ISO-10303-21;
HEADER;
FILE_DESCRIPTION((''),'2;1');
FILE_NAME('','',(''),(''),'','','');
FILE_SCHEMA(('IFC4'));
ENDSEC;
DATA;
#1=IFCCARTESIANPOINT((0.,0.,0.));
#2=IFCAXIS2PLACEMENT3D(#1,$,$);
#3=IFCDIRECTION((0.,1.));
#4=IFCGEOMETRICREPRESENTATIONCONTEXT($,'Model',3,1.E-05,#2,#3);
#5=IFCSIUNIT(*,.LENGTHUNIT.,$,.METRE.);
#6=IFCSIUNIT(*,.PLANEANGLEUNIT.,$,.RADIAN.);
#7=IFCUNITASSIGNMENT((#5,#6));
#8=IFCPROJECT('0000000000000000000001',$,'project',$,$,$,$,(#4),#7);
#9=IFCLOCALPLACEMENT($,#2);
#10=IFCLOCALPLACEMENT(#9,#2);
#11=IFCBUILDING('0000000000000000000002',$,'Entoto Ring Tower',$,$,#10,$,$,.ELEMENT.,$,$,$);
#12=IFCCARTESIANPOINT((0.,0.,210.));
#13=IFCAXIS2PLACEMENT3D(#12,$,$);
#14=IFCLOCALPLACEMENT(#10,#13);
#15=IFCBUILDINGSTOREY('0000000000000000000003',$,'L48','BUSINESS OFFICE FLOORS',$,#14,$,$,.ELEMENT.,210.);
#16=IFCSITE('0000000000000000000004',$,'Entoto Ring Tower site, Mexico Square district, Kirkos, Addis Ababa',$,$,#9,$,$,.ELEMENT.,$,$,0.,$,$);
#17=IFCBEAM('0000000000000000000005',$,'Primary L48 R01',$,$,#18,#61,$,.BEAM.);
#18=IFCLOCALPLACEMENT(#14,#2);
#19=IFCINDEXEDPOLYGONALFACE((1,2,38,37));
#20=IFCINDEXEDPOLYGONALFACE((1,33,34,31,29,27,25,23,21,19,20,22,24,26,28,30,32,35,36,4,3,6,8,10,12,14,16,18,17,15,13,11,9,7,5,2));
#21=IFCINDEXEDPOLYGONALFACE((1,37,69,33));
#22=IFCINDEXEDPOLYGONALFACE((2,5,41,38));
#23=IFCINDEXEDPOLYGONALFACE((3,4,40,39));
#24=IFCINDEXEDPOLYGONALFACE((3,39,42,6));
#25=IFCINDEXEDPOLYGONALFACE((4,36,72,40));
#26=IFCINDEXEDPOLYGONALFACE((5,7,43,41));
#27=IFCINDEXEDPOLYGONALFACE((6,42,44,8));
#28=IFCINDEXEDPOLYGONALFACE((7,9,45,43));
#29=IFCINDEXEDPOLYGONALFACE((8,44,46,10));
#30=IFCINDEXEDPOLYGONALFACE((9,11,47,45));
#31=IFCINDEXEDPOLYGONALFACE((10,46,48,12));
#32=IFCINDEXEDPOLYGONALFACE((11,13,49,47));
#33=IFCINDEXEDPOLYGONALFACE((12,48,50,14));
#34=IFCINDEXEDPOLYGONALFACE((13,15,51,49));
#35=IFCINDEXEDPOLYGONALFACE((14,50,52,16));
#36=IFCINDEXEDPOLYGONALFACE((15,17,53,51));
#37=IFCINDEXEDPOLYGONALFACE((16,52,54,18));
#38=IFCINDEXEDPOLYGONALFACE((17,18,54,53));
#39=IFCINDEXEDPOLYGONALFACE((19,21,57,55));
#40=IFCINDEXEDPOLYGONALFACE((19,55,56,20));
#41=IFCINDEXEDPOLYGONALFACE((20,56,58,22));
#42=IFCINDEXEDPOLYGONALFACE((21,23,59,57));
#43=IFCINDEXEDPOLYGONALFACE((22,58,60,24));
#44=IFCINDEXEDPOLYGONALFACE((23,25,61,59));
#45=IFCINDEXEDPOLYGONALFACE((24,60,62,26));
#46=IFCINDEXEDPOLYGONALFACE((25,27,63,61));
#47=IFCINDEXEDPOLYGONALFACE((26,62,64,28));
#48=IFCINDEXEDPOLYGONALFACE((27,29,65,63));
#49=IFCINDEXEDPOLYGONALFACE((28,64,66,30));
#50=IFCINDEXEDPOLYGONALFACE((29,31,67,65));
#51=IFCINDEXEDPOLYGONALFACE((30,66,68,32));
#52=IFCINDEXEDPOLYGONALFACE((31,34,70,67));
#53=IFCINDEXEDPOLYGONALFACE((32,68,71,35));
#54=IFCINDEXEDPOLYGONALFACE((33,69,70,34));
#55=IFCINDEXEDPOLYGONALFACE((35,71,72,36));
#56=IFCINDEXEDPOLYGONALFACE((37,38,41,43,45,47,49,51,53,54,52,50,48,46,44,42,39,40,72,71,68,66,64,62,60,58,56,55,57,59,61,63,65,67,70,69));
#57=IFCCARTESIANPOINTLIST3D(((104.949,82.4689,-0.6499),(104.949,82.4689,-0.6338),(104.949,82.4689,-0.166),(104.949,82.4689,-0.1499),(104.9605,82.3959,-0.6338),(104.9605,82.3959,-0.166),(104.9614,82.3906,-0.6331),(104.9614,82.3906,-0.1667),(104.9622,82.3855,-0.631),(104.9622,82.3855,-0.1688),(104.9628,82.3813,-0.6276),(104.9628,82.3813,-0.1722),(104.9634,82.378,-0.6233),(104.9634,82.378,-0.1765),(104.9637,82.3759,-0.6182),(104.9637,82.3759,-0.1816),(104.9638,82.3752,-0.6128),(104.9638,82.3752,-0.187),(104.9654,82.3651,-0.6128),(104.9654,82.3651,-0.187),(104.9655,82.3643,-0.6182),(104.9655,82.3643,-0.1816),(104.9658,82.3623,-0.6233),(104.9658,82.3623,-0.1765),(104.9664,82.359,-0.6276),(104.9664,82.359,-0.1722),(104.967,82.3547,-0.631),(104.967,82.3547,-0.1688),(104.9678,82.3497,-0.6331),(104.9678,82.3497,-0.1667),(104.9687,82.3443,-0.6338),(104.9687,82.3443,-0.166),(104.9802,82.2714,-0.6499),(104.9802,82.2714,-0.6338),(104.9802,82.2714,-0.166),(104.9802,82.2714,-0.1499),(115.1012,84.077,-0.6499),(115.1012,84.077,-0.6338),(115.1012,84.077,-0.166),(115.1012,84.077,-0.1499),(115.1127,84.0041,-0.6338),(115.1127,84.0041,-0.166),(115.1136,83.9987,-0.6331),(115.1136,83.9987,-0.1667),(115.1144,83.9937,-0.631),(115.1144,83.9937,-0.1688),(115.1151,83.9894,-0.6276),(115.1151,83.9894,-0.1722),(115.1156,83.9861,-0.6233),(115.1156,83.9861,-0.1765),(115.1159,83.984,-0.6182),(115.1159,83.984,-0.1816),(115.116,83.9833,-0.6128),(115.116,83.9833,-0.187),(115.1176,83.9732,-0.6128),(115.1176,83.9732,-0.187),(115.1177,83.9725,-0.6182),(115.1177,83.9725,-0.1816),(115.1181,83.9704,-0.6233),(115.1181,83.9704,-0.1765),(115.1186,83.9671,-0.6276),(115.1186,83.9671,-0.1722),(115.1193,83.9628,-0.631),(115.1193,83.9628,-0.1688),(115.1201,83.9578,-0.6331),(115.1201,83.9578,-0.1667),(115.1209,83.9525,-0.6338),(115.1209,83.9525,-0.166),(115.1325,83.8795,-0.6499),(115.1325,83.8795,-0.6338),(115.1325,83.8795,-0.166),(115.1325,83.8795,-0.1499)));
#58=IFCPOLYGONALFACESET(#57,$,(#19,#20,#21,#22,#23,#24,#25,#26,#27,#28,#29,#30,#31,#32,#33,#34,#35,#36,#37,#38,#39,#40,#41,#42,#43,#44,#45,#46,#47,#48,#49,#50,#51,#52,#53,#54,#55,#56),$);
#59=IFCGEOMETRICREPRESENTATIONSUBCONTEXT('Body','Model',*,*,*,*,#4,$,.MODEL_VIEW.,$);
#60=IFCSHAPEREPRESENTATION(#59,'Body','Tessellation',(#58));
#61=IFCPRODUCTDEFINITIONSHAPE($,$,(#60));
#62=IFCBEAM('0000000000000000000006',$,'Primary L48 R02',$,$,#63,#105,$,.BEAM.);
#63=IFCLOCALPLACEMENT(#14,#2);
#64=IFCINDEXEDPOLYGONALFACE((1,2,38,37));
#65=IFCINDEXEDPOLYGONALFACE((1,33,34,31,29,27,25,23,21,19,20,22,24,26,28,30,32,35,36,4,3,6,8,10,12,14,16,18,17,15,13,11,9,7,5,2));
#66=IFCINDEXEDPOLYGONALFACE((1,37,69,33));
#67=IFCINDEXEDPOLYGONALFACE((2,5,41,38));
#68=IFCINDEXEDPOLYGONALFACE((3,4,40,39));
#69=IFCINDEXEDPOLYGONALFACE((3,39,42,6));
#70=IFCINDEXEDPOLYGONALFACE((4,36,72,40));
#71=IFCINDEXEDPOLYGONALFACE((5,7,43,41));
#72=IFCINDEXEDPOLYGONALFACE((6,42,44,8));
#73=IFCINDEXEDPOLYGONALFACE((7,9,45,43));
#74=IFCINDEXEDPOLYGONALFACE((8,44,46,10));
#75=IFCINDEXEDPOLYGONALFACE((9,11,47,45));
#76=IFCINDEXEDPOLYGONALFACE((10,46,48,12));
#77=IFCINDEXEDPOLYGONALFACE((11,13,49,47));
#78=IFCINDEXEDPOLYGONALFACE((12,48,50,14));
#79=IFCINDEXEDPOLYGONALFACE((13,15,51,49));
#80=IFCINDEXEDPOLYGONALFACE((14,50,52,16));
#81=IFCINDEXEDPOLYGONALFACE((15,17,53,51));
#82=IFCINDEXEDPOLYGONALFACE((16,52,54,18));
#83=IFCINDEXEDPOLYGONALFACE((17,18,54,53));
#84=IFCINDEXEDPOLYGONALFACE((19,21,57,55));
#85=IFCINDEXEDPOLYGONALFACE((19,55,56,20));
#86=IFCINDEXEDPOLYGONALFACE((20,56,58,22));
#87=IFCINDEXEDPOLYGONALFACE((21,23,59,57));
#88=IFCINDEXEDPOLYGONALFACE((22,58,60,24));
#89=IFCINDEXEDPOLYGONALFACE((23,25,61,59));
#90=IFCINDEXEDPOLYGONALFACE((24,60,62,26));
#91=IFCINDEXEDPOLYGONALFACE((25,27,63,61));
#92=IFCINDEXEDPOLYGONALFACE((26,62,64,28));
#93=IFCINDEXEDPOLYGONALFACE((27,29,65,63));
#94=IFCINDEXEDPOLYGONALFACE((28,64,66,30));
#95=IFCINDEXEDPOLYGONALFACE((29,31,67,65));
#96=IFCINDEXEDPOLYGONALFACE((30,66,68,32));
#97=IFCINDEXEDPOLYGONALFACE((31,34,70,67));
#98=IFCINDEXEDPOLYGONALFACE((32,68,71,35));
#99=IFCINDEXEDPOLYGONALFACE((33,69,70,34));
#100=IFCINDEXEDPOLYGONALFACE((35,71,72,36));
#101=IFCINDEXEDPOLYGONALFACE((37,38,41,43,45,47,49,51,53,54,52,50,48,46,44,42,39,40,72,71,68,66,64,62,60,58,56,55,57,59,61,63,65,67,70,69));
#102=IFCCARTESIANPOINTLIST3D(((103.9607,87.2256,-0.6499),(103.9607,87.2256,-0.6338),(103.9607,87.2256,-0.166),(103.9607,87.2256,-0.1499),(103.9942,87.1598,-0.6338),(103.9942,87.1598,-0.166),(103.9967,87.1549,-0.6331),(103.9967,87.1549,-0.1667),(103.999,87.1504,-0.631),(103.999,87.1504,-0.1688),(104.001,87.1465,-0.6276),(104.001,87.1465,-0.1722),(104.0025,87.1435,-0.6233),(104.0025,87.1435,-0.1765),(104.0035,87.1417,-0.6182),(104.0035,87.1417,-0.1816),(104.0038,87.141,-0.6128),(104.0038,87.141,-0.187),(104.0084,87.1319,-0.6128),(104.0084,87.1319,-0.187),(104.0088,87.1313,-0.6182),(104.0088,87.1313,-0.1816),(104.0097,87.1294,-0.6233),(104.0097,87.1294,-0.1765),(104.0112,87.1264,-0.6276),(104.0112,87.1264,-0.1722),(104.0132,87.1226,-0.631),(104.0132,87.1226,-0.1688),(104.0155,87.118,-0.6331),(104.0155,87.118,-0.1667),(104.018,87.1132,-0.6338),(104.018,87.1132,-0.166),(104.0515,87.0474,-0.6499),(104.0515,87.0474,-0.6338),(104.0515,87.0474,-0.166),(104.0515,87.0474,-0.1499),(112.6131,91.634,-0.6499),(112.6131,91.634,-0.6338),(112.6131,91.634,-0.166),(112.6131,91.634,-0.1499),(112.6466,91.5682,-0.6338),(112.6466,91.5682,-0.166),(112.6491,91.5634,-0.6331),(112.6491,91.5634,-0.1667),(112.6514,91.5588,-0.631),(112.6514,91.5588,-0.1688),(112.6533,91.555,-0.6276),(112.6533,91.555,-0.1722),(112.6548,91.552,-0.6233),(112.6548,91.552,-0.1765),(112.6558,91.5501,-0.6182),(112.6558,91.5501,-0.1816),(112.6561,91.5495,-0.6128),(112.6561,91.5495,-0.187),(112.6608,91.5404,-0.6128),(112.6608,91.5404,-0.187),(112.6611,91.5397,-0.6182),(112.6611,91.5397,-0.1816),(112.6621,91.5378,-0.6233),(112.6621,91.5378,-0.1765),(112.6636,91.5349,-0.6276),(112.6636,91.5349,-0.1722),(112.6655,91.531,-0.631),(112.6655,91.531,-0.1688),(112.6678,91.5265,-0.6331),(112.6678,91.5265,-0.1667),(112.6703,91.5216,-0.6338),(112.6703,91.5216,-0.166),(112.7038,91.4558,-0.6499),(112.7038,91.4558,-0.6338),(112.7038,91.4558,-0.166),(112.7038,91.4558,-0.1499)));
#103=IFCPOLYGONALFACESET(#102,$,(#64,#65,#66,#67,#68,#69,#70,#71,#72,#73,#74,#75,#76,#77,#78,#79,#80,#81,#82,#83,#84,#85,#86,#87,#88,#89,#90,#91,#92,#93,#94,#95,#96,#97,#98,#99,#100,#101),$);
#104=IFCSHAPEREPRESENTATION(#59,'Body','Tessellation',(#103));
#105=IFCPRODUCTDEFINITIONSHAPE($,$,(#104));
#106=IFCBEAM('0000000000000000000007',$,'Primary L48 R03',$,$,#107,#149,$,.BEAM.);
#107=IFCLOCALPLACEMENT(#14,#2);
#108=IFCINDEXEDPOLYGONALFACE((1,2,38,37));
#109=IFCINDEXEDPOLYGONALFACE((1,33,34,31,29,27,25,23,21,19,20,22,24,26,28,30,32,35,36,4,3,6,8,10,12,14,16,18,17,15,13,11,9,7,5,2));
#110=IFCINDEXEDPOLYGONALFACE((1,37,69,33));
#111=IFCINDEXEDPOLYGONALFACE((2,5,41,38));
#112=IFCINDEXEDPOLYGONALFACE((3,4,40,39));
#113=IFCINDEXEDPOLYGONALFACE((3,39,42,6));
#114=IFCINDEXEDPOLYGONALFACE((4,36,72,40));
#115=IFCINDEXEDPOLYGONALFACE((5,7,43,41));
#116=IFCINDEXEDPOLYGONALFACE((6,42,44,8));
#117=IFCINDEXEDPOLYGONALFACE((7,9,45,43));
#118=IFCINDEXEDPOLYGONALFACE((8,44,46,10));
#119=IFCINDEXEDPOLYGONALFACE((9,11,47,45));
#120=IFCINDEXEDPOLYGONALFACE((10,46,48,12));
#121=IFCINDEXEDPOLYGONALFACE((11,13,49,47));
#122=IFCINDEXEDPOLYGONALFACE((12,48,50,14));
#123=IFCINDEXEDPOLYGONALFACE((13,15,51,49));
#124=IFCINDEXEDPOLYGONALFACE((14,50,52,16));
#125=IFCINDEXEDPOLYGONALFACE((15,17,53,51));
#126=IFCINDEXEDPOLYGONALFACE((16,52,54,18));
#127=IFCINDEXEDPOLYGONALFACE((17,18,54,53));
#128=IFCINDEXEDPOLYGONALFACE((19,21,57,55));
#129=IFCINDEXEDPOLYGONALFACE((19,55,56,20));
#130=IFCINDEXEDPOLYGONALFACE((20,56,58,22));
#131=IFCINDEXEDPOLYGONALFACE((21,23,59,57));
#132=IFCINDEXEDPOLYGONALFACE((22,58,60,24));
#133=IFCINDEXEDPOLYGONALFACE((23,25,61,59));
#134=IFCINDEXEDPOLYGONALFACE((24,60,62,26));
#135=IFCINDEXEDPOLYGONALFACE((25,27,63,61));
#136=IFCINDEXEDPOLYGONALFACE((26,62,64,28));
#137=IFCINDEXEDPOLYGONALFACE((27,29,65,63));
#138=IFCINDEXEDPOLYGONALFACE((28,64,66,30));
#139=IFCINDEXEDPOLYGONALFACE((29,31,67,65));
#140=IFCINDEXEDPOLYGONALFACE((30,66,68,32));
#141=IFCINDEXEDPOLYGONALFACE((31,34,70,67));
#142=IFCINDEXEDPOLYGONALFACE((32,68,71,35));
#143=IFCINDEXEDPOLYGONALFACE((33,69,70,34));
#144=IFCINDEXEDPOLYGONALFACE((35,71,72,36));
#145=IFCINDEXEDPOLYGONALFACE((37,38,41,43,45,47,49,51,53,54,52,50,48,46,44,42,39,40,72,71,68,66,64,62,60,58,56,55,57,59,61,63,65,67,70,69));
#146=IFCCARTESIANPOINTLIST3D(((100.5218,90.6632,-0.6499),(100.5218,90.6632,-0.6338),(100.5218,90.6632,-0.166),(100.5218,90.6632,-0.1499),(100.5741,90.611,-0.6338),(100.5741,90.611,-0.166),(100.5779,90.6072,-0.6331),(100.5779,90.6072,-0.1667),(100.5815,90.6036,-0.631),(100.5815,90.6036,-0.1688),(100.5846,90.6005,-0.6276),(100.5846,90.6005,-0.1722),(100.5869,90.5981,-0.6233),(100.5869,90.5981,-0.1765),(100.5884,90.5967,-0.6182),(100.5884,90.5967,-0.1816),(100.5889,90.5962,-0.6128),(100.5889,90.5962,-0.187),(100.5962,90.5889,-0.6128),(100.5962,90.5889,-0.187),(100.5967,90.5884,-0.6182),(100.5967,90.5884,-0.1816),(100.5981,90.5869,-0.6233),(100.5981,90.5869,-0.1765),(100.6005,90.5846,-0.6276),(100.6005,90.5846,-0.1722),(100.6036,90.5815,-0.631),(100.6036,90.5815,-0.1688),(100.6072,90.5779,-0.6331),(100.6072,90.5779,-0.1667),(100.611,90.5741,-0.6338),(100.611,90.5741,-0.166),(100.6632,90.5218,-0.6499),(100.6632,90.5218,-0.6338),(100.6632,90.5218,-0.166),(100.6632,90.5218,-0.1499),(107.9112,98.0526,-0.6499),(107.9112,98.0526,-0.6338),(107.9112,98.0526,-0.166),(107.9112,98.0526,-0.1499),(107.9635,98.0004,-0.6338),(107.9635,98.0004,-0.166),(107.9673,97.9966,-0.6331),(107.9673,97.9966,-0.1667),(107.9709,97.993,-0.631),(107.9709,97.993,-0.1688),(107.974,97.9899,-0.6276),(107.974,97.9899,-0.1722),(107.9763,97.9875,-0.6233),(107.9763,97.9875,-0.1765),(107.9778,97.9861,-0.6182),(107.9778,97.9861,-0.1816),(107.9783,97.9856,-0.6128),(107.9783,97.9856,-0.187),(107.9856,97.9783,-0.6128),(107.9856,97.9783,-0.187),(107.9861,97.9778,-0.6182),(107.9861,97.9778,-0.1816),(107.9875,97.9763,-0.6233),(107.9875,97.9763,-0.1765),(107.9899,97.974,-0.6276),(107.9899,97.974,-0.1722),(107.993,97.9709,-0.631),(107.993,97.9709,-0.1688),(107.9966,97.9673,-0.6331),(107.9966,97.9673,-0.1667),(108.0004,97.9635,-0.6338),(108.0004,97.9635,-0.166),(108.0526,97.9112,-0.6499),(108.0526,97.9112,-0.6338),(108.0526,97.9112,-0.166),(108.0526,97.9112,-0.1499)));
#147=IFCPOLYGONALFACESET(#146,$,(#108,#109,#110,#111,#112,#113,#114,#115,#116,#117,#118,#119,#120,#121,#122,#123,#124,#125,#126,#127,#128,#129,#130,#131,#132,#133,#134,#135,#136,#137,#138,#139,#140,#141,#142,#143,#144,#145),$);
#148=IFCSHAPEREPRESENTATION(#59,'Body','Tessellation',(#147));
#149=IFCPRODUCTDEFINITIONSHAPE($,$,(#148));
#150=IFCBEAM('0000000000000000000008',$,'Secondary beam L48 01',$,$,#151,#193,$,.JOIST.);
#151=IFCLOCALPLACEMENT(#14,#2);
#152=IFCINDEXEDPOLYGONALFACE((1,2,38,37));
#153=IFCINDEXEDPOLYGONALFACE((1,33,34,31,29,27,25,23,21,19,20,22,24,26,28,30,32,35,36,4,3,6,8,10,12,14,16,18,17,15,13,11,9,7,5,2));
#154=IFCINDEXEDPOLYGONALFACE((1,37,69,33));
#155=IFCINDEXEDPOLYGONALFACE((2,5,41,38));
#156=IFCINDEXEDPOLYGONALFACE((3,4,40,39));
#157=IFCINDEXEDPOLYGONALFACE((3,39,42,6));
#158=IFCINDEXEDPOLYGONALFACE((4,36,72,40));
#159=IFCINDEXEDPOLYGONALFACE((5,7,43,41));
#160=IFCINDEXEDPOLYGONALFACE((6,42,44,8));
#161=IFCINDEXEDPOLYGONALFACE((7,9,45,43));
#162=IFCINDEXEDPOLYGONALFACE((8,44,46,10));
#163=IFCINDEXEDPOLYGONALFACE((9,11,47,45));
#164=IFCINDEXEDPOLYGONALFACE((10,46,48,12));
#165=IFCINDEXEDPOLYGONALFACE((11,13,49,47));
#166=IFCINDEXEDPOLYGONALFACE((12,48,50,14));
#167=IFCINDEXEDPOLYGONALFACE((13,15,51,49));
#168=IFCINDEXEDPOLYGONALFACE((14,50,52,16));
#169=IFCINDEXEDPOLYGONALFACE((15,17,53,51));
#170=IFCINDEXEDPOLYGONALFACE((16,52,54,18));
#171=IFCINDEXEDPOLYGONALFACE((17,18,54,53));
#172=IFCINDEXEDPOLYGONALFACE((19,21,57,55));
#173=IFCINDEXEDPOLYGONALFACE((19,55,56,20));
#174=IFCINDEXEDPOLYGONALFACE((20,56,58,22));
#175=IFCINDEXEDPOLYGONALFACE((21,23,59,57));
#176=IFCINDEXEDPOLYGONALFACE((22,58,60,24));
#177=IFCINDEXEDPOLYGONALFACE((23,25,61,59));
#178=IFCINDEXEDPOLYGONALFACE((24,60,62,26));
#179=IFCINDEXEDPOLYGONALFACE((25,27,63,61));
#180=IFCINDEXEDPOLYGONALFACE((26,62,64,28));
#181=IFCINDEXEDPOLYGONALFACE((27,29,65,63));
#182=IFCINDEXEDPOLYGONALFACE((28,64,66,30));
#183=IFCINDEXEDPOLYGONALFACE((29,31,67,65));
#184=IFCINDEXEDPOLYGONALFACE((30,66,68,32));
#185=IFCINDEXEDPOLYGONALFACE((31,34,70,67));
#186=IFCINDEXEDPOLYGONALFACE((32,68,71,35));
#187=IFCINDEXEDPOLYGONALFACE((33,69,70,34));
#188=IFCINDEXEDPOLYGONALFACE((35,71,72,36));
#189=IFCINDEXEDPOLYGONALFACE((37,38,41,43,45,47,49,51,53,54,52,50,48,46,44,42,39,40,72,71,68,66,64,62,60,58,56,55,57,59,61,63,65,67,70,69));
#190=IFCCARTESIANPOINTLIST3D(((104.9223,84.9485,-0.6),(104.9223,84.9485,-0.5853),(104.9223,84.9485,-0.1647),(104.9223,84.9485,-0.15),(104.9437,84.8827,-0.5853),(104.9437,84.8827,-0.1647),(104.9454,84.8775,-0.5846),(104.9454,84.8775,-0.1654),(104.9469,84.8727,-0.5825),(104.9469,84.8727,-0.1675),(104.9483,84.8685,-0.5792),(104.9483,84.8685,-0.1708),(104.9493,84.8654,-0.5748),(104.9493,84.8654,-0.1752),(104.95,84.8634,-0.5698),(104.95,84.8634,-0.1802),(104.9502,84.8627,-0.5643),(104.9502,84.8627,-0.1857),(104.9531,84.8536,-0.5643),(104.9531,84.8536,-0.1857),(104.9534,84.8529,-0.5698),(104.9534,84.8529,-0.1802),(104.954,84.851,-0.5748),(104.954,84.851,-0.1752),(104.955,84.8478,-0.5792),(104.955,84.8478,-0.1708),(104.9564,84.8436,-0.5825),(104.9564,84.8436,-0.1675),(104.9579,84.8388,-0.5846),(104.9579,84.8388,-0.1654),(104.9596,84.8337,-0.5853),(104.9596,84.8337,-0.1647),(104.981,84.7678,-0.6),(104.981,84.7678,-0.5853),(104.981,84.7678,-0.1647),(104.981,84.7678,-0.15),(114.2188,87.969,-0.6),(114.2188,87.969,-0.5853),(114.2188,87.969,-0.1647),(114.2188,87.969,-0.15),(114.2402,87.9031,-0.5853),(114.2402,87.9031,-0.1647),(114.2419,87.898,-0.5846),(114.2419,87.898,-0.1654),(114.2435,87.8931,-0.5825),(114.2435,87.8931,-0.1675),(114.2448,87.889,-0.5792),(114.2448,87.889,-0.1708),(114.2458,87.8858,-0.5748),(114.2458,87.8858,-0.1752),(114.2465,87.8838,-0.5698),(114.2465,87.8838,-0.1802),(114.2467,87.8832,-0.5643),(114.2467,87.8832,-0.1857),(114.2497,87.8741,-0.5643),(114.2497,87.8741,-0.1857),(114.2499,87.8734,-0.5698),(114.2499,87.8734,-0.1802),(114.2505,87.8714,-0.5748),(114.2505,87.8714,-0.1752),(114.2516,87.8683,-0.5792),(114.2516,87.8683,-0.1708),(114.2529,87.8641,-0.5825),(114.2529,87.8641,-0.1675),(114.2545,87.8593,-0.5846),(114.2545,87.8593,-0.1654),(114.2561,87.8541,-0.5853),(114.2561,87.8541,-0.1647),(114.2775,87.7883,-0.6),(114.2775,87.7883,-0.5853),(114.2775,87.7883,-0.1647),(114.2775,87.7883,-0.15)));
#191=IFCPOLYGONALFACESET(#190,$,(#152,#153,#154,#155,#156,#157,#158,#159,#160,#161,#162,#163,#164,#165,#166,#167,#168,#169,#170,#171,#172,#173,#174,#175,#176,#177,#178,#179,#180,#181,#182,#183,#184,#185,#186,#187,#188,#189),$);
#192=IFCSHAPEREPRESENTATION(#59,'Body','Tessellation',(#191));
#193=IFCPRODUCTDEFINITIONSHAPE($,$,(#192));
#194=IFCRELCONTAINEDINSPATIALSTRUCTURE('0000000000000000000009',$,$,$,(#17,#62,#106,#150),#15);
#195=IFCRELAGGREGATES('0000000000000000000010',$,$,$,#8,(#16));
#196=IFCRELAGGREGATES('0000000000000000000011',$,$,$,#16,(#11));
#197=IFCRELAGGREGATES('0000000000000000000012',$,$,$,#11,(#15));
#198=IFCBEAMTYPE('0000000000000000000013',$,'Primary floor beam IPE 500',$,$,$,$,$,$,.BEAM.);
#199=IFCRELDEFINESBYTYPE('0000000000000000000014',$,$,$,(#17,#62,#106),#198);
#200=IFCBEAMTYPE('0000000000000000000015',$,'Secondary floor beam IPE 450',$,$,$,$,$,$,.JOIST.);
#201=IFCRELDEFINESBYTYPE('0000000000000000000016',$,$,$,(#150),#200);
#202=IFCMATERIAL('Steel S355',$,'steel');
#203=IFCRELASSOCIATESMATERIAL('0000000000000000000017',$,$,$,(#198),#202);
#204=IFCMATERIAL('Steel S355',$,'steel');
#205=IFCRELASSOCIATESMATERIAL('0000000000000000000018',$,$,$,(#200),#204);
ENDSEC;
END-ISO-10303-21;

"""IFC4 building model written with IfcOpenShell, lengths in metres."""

from ifc_helpers import new_model, si_unit, direction, frame, origin, origin_2d, place, context, subcontext, project, spatial, i_section, extrude, material, material_profile, profile_set, type_object, element, save


model = new_model("IFC4")

# Units and contexts
model_context = context("Model", 3, precision=1e-05, world=origin(), true_north=direction((0.0, 1.0)))
body_context = subcontext(model_context, "Body", "Model", "MODEL_VIEW")
ifc_project = project(units=[si_unit("LENGTHUNIT", "METRE"), si_unit("PLANEANGLEUNIT", "RADIAN")], contexts=[model_context])

# Site, building, storey
site_placement = place(None, origin())
site = spatial("IfcSite", under=ifc_project, at=site_placement, Name="Entoto Ring Tower site, Mexico Square district, Kirkos, Addis Ababa", CompositionType="ELEMENT", RefElevation=0.0)
building_placement = place(site_placement, origin())
building = spatial("IfcBuilding", under=site, at=building_placement, Name="Entoto Ring Tower", CompositionType="ELEMENT")
storey_placement = place(building_placement, frame((0.0, 0.0, 210.0)))
storey = spatial("IfcBuildingStorey", under=building, at=storey_placement, Name="L48", Description="BUSINESS OFFICE FLOORS", CompositionType="ELEMENT", Elevation=210.0)

# Beams
ifc_material_1 = material(Name="Steel S355", Category="steel")
ifc_material_profile_1 = material_profile(ifc_material_1, i_section(OverallWidth=0.2, OverallDepth=0.5, WebThickness=0.0103, FlangeThickness=0.0161, FilletRadius=0.021, at=origin_2d()), Name="IPE 500")
ifc_profile_set_1 = profile_set([ifc_material_profile_1], Name="Steel S355")
beam_type_1 = type_object("IfcBeamType", Name="Primary floor beam IPE 500", PredefinedType="BEAM", material=ifc_profile_set_1)
beam_1_placement = place(storey_placement, frame((104.9646, 82.3701, -0.3999), z_axis=(0.987686, 0.156452, 0.0), x_axis=(-0.156452, 0.987686, 0.0)))
element("IfcBeam", 1, at=beam_1_placement, inside=storey, type_object=beam_type_1, Name="Primary L48 R01", PredefinedType="BEAM", context=body_context, shape_type="SweptSolid", body=[
    extrude(i_section(OverallWidth=0.2, OverallDepth=0.5, WebThickness=0.0103, FlangeThickness=0.0161, FilletRadius=0.021, at=origin_2d()), origin(), (0.0, 0.0, 1.0), 10.2788),
])
beam_2_placement = place(storey_placement, frame((104.0061, 87.1365, -0.3999), z_axis=(0.891012, 0.453979, 0.0), x_axis=(-0.453979, 0.891012, 0.0)))
element("IfcBeam", 2, at=beam_2_placement, inside=storey, type_object=beam_type_1, Name="Primary L48 R02", PredefinedType="BEAM", context=body_context, shape_type="SweptSolid", body=[
    extrude(i_section(OverallWidth=0.2, OverallDepth=0.5, WebThickness=0.0103, FlangeThickness=0.0161, FilletRadius=0.021, at=origin_2d()), origin(), (0.0, 0.0, 1.0), 9.7107),
])
beam_3_placement = place(storey_placement, frame((100.5925, 90.5925, -0.3999), z_axis=(0.707107, 0.707107, 0.0), x_axis=(-0.707107, 0.707107, 0.0)))
element("IfcBeam", 3, at=beam_3_placement, inside=storey, type_object=beam_type_1, Name="Primary L48 R03", PredefinedType="BEAM", context=body_context, shape_type="SweptSolid", body=[
    extrude(i_section(OverallWidth=0.2, OverallDepth=0.5, WebThickness=0.0103, FlangeThickness=0.0161, FilletRadius=0.021, at=origin_2d()), origin(), (0.0, 0.0, 1.0), 10.4502),
])
ifc_material_2 = material(Name="Steel S355", Category="steel")
ifc_material_profile_2 = material_profile(ifc_material_2, i_section(OverallWidth=0.1899, OverallDepth=0.45, WebThickness=0.0095, FlangeThickness=0.0146, FilletRadius=0.021, at=origin_2d()), Name="IPE 450")
ifc_profile_set_2 = profile_set([ifc_material_profile_2], Name="Steel S355")
beam_type_2 = type_object("IfcBeamType", Name="Secondary floor beam IPE 450", PredefinedType="JOIST", material=ifc_profile_set_2)
beam_4_placement = place(storey_placement, frame((104.9517, 84.8582, -0.375), z_axis=(0.951061, 0.309003, 0.0), x_axis=(-0.309003, 0.951061, 0.0)))
element("IfcBeam", 4, at=beam_4_placement, inside=storey, type_object=beam_type_2, Name="Secondary beam L48 01", PredefinedType="JOIST", context=body_context, shape_type="SweptSolid", body=[
    extrude(i_section(OverallWidth=0.1899, OverallDepth=0.45, WebThickness=0.0095, FlangeThickness=0.0146, FilletRadius=0.021, at=origin_2d()), origin(), (0.0, 0.0, 1.0), 9.7749),
])

save(model, "model.ifc")
